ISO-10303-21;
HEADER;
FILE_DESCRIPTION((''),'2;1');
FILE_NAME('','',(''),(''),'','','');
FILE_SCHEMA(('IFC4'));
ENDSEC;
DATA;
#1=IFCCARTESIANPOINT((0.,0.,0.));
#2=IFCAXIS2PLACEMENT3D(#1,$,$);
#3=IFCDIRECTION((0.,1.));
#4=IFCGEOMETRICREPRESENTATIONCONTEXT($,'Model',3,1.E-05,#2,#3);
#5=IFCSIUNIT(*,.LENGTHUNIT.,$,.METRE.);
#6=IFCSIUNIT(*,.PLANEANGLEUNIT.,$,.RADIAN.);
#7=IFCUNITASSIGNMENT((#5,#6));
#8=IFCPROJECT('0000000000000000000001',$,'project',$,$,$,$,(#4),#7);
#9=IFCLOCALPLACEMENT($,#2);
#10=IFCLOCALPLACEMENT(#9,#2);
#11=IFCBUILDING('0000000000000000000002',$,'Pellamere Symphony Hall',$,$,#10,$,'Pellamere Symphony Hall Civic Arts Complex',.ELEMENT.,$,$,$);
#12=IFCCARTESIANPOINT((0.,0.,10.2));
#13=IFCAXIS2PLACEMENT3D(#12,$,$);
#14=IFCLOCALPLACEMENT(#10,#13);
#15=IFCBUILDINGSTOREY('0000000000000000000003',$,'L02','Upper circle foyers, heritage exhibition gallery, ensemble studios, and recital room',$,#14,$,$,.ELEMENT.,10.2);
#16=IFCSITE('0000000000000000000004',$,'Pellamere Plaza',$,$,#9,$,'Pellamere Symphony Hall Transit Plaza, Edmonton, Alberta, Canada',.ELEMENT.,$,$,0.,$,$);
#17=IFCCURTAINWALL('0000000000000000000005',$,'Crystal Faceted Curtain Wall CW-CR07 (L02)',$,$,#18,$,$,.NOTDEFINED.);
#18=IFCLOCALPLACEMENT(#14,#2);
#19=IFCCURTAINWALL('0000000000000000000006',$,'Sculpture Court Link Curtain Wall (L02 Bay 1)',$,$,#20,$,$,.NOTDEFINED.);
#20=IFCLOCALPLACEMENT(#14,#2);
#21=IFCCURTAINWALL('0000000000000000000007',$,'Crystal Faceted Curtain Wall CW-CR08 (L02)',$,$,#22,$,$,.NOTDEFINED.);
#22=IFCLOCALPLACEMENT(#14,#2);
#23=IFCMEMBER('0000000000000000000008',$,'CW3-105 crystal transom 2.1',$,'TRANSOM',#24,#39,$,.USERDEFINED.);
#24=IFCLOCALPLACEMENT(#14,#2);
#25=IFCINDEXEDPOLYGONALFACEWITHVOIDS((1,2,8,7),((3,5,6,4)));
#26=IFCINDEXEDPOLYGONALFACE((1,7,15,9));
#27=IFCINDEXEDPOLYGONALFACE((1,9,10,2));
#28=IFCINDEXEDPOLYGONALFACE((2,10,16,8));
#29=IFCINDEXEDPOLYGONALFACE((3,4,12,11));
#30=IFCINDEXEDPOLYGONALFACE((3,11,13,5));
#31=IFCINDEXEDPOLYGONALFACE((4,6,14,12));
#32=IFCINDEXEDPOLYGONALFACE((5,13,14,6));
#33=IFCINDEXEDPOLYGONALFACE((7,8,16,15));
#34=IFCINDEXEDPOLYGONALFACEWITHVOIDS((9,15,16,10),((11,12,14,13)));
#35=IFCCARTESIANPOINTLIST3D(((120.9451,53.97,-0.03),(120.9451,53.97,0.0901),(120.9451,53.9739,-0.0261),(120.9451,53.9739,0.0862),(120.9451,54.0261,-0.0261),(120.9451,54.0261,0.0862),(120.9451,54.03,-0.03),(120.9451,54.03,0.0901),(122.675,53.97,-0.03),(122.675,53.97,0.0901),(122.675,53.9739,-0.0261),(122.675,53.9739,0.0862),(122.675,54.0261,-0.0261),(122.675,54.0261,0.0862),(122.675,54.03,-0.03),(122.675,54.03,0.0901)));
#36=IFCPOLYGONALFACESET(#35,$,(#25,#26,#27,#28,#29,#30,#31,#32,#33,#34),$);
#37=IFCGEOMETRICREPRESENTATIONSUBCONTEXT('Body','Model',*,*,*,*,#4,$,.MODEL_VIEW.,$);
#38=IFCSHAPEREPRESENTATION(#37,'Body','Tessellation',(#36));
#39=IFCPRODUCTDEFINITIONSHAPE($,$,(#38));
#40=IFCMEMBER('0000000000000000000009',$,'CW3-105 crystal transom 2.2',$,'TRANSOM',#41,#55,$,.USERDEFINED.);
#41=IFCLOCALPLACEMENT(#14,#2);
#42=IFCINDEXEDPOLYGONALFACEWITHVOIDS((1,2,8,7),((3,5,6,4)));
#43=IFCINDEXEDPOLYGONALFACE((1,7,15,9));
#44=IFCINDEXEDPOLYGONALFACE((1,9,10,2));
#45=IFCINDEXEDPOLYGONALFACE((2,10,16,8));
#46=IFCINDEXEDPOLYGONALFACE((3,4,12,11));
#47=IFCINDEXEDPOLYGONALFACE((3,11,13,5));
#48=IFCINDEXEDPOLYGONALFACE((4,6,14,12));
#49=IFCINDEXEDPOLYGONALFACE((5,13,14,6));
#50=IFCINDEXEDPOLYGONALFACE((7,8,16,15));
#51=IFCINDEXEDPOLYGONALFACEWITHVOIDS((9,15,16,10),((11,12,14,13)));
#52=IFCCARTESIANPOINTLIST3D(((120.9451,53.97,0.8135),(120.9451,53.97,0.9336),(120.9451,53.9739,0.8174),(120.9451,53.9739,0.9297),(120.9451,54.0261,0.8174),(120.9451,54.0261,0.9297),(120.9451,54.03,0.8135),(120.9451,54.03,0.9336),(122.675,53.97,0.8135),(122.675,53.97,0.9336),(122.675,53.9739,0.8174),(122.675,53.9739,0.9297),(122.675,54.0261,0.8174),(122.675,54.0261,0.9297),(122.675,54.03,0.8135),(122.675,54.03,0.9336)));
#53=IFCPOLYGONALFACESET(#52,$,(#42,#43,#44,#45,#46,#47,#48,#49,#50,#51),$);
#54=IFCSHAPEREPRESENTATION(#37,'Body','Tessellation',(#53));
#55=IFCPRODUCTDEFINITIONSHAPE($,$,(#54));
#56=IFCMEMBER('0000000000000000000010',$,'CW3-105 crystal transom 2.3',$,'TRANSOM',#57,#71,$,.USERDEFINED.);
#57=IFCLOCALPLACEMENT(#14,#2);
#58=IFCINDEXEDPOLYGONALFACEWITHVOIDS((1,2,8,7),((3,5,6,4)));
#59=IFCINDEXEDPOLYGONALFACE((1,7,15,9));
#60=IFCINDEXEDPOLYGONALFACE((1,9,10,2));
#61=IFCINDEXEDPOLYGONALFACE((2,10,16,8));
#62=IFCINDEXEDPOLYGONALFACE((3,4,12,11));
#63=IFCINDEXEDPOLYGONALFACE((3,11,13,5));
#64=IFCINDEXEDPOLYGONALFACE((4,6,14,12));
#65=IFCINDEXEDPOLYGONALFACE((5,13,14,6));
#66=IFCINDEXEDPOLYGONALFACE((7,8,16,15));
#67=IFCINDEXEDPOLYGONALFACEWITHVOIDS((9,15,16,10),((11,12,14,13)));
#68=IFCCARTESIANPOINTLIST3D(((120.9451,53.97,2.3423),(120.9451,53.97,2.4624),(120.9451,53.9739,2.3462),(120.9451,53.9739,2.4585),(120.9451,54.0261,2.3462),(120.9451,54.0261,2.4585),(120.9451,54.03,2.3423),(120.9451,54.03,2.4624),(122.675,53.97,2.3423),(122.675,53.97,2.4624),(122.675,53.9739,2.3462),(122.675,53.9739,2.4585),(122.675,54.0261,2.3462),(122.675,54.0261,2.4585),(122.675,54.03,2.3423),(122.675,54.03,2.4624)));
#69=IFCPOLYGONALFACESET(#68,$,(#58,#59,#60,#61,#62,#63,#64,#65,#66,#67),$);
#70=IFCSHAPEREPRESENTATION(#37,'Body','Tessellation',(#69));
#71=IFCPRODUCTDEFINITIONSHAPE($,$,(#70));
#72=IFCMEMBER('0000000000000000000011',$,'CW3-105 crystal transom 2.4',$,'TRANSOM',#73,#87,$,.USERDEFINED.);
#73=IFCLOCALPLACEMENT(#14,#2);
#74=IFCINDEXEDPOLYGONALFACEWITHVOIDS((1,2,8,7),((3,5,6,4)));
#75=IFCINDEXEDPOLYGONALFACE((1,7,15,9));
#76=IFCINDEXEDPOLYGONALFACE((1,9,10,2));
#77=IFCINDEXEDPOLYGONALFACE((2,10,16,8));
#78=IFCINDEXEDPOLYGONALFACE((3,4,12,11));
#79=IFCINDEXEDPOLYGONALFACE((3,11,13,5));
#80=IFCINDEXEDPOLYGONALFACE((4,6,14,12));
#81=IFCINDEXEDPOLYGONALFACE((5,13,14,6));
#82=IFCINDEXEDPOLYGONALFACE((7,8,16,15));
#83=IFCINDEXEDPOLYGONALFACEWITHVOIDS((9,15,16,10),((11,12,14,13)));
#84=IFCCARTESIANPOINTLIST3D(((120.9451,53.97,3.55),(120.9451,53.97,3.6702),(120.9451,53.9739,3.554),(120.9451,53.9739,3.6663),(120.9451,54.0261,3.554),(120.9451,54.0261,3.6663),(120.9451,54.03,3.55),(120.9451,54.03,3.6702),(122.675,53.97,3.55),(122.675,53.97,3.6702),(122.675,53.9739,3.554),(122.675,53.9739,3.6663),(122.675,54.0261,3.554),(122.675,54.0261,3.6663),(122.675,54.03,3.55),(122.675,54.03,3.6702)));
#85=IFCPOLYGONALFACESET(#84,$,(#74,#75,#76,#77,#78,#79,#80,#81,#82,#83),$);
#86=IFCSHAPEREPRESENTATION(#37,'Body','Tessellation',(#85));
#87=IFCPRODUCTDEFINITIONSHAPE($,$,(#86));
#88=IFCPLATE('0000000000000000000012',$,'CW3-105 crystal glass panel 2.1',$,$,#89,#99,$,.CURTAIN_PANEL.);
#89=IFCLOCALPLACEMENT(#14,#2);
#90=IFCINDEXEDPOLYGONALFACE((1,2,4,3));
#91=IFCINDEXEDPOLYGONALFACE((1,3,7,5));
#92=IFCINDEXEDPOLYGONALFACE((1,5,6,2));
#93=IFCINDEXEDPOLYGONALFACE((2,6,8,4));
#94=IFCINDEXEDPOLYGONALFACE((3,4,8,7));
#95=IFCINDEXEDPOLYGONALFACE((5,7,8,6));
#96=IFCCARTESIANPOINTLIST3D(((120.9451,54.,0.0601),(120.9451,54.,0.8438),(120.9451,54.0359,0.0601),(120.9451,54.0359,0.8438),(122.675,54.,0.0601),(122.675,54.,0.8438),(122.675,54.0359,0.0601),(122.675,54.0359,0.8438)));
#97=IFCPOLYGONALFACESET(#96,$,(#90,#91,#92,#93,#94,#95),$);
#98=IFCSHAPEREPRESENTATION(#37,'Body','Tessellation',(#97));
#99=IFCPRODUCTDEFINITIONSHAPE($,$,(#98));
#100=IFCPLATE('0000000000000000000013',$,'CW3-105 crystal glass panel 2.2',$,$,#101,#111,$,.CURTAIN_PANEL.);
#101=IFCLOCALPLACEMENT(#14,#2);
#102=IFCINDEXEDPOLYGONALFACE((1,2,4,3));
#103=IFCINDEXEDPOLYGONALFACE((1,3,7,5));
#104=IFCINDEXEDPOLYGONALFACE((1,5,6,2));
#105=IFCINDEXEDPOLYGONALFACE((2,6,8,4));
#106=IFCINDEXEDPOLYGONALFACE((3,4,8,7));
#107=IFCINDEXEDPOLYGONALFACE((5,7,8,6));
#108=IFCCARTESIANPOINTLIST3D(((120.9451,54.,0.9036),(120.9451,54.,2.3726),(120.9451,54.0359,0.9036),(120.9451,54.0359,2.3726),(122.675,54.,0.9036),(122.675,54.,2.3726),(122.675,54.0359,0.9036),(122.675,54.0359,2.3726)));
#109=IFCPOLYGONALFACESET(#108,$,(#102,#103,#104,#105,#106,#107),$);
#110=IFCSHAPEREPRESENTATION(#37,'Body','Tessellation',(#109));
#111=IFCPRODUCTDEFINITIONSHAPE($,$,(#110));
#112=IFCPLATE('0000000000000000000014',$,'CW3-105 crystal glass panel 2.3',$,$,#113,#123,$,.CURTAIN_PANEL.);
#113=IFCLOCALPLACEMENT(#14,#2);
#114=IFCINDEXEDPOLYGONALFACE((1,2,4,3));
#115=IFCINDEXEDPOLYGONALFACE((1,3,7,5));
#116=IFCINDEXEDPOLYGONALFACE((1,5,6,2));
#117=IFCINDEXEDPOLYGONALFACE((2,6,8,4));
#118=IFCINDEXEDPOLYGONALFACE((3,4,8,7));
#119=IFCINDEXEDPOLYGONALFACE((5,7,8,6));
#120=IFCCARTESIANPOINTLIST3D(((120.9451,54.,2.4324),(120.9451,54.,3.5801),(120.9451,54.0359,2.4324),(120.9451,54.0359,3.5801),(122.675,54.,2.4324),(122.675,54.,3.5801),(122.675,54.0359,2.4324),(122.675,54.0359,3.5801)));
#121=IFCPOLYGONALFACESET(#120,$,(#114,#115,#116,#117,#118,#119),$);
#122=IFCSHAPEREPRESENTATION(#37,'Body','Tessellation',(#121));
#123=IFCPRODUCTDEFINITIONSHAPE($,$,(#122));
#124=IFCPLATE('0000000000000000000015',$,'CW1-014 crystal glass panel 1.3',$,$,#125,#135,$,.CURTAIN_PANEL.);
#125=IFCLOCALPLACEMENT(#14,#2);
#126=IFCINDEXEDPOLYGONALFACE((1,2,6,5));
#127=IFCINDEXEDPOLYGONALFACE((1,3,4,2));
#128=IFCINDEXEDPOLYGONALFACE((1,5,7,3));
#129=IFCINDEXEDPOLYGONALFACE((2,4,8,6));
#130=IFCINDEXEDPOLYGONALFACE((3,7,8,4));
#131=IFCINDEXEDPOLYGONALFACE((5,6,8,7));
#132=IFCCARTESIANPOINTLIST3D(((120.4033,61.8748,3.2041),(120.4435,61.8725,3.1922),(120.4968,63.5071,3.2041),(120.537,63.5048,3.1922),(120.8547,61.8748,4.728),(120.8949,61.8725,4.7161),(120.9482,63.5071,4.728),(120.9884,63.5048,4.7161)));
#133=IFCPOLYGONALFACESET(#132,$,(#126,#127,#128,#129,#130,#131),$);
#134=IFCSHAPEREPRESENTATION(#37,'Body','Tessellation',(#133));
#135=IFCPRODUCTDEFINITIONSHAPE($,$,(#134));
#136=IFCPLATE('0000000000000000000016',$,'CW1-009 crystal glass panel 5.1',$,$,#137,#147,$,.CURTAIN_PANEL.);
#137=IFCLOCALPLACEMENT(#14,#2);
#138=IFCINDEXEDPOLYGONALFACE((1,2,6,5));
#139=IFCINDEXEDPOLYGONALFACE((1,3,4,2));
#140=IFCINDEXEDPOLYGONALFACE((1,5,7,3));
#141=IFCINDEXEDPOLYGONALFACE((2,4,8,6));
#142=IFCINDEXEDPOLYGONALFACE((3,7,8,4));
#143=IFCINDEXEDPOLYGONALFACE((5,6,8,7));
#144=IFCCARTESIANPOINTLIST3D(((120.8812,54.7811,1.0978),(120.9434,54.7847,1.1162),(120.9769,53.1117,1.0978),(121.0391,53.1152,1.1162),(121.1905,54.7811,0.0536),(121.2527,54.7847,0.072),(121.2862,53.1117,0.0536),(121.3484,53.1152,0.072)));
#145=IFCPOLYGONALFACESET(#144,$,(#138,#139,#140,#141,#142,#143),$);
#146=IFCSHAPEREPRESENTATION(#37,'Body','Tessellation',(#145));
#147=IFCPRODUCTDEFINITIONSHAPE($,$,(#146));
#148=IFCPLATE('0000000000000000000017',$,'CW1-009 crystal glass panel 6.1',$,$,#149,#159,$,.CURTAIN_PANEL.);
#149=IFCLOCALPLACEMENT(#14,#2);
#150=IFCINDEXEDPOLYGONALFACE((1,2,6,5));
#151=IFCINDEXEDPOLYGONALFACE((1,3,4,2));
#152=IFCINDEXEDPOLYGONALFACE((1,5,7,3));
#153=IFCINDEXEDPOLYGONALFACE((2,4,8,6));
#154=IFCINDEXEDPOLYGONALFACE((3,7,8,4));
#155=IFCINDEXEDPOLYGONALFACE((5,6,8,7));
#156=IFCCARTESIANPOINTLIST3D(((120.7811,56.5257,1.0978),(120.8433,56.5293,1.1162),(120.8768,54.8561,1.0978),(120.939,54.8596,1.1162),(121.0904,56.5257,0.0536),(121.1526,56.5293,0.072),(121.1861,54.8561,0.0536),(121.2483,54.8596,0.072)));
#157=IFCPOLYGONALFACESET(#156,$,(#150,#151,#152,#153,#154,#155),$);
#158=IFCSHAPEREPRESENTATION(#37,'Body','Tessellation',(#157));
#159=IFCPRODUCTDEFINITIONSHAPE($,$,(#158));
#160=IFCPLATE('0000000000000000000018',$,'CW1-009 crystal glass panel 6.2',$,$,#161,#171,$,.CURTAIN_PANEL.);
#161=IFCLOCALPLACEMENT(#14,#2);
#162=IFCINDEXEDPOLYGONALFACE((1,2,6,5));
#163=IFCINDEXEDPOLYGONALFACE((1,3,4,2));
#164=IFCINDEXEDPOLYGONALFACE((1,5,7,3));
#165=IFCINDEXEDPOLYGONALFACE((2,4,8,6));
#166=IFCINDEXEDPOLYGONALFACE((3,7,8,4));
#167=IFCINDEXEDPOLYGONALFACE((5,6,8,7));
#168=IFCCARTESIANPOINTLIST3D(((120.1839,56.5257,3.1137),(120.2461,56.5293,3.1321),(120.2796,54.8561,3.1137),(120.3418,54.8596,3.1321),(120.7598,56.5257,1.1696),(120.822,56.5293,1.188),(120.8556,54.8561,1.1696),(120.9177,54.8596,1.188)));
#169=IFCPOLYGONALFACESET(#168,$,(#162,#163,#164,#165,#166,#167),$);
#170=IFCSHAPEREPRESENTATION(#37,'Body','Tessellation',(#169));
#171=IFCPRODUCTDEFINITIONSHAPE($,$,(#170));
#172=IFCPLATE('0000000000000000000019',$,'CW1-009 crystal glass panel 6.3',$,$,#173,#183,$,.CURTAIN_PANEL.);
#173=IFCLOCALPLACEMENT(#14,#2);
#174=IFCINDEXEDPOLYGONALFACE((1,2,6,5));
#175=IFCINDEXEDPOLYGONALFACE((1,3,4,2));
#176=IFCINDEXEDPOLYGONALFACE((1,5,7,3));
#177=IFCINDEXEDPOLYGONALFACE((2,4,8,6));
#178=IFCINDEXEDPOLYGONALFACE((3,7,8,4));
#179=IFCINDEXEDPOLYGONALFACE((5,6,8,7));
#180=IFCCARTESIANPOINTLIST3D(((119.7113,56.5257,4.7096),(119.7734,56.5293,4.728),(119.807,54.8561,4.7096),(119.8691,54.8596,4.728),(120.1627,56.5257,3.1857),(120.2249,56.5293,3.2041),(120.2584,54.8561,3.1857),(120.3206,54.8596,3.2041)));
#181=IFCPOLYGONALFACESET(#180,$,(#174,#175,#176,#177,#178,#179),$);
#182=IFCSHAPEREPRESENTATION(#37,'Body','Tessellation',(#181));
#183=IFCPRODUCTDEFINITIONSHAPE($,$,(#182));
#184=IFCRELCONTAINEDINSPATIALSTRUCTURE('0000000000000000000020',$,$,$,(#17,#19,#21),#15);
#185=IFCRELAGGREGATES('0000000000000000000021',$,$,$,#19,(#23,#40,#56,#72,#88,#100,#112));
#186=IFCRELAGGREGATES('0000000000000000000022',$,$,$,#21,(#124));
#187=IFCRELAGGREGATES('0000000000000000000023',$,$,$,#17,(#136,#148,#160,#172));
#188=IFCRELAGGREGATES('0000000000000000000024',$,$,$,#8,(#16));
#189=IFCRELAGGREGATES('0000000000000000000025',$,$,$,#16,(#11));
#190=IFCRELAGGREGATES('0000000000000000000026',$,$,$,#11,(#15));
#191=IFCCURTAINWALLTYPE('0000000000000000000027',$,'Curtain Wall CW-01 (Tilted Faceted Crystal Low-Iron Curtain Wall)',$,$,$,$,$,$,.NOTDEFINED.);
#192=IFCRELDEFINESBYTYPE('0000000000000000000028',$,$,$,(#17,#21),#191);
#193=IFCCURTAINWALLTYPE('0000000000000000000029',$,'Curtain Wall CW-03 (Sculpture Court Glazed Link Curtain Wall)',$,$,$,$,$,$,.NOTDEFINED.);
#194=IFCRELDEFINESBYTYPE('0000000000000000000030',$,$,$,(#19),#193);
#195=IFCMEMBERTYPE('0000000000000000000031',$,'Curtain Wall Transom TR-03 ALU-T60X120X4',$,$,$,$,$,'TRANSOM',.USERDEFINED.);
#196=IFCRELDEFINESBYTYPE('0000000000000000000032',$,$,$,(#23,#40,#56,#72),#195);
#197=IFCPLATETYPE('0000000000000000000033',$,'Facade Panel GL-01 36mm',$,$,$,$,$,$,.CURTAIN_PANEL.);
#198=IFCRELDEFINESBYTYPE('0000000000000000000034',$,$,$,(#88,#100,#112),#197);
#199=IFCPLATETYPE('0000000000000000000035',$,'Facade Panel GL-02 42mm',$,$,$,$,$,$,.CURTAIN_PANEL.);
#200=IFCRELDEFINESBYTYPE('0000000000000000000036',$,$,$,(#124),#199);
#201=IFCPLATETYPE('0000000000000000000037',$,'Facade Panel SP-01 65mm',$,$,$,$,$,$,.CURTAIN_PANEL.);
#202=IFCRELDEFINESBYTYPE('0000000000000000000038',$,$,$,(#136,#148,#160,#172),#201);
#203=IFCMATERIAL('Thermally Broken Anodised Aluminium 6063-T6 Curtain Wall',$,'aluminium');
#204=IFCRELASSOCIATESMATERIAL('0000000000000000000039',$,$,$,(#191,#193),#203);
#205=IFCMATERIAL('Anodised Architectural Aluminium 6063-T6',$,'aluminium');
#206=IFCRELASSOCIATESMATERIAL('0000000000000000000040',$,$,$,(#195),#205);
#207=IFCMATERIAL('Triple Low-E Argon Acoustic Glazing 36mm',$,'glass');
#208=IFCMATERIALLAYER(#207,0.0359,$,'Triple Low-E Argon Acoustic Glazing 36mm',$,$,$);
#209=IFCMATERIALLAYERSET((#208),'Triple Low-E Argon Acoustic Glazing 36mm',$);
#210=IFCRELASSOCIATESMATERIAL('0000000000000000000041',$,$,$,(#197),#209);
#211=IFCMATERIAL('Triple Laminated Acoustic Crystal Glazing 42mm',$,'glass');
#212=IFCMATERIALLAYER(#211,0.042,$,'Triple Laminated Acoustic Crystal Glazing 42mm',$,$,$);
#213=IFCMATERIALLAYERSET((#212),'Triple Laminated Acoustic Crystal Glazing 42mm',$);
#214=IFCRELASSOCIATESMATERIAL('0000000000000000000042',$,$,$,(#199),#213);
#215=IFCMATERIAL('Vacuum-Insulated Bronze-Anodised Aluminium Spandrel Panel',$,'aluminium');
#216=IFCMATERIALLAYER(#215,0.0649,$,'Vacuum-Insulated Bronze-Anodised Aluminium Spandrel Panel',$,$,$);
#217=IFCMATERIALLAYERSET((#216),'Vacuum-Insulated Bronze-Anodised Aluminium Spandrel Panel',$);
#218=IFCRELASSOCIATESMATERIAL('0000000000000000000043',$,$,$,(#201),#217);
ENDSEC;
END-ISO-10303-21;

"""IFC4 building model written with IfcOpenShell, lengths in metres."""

from ifc_helpers import new_model, si_unit, direction, frame, origin, origin_2d, place, context, subcontext, project, spatial, polyline, hollow_rectangle, outline, extrude, material, layer, layer_set, material_profile, profile_set, type_object, element, aggregate, save


model = new_model("IFC4")

# Units and contexts
model_context = context("Model", 3, precision=1e-05, world=origin(), true_north=direction((0.0, 1.0)))
body_context = subcontext(model_context, "Body", "Model", "MODEL_VIEW")
ifc_project = project(units=[si_unit("LENGTHUNIT", "METRE"), si_unit("PLANEANGLEUNIT", "RADIAN")], contexts=[model_context])

# Site, building, storey
site_placement = place(None, origin())
site = spatial("IfcSite", under=ifc_project, at=site_placement, Name="Pellamere Plaza", LongName="Pellamere Symphony Hall Transit Plaza, Edmonton, Alberta, Canada", CompositionType="ELEMENT", RefElevation=0.0)
building_placement = place(site_placement, origin())
building = spatial("IfcBuilding", under=site, at=building_placement, Name="Pellamere Symphony Hall", LongName="Pellamere Symphony Hall Civic Arts Complex", CompositionType="ELEMENT")
storey_placement = place(building_placement, frame((0.0, 0.0, 10.2)))
storey = spatial("IfcBuildingStorey", under=building, at=storey_placement, Name="L02", Description="Upper circle foyers, heritage exhibition gallery, ensemble studios, and recital room", CompositionType="ELEMENT", Elevation=10.2)

# Curtain wall
ifc_material_1 = material(Name="Thermally Broken Anodised Aluminium 6063-T6 Curtain Wall", Category="aluminium")
curtain_wall_type_1 = type_object("IfcCurtainWallType", Name="Curtain Wall CW-01 (Tilted Faceted Crystal Low-Iron Curtain Wall)", PredefinedType="NOTDEFINED", material=ifc_material_1)
curtain_wall_1_placement = place(storey_placement, origin())
curtain_wall_1 = element("IfcCurtainWall", 1, at=curtain_wall_1_placement, inside=storey, type_object=curtain_wall_type_1, Name="Crystal Faceted Curtain Wall CW-CR07 (L02)", PredefinedType="NOTDEFINED")
ifc_material_2 = material(Name="Anodised Architectural Aluminium 6063-T6", Category="aluminium")

# Curtain wall
curtain_wall_type_2 = type_object("IfcCurtainWallType", Name="Curtain Wall CW-03 (Sculpture Court Glazed Link Curtain Wall)", PredefinedType="NOTDEFINED", material=ifc_material_1)
curtain_wall_2_placement = place(storey_placement, origin())
curtain_wall_2 = element("IfcCurtainWall", 2, at=curtain_wall_2_placement, inside=storey, type_object=curtain_wall_type_2, Name="Sculpture Court Link Curtain Wall (L02 Bay 1)", PredefinedType="NOTDEFINED")

# Curtain wall
curtain_wall_3_placement = place(storey_placement, origin())
curtain_wall_3 = element("IfcCurtainWall", 3, at=curtain_wall_3_placement, inside=storey, type_object=curtain_wall_type_1, Name="Crystal Faceted Curtain Wall CW-CR08 (L02)", PredefinedType="NOTDEFINED")

# Members
ifc_material_profile_1 = material_profile(ifc_material_2, hollow_rectangle(XDim=0.0601, YDim=0.1201, WallThickness=0.0039, at=origin_2d()), Name="ALU-T60X120X4")
ifc_profile_set_1 = profile_set([ifc_material_profile_1], Name="Anodised Architectural Aluminium 6063-T6")
member_type_1 = type_object("IfcMemberType", Name="Curtain Wall Transom TR-03 ALU-T60X120X4", ElementType="TRANSOM", PredefinedType="USERDEFINED", material=ifc_profile_set_1)
member_1_placement = place(storey_placement, frame((120.9451, 54.0, 0.03), z_axis=(1.0, 0.0, 0.0), x_axis=(0.0, 1.0, 0.0)))
member_1 = element("IfcMember", 4, at=member_1_placement, type_object=member_type_1, Name="CW3-105 crystal transom 2.1", ObjectType="TRANSOM", PredefinedType="USERDEFINED", context=body_context, shape_type="SweptSolid", body=[
    extrude(hollow_rectangle(XDim=0.0601, YDim=0.1201, WallThickness=0.0039, at=origin_2d()), origin(), (0.0, 0.0, 1.0), 1.73),
])
member_2_placement = place(storey_placement, frame((120.9451, 54.0, 0.8735), z_axis=(1.0, 0.0, 0.0), x_axis=(0.0, 1.0, 0.0)))
member_2 = element("IfcMember", 5, at=member_2_placement, type_object=member_type_1, Name="CW3-105 crystal transom 2.2", ObjectType="TRANSOM", PredefinedType="USERDEFINED", context=body_context, shape_type="SweptSolid", body=[
    extrude(hollow_rectangle(XDim=0.0601, YDim=0.1201, WallThickness=0.0039, at=origin_2d()), origin(), (0.0, 0.0, 1.0), 1.73),
])
member_3_placement = place(storey_placement, frame((120.9451, 54.0, 2.4023), z_axis=(1.0, 0.0, 0.0), x_axis=(0.0, 1.0, 0.0)))
member_3 = element("IfcMember", 6, at=member_3_placement, type_object=member_type_1, Name="CW3-105 crystal transom 2.3", ObjectType="TRANSOM", PredefinedType="USERDEFINED", context=body_context, shape_type="SweptSolid", body=[
    extrude(hollow_rectangle(XDim=0.0601, YDim=0.1201, WallThickness=0.0039, at=origin_2d()), origin(), (0.0, 0.0, 1.0), 1.73),
])
member_4_placement = place(storey_placement, frame((120.9451, 54.0, 3.6101), z_axis=(1.0, 0.0, 0.0), x_axis=(0.0, 1.0, 0.0)))
member_4 = element("IfcMember", 7, at=member_4_placement, type_object=member_type_1, Name="CW3-105 crystal transom 2.4", ObjectType="TRANSOM", PredefinedType="USERDEFINED", context=body_context, shape_type="SweptSolid", body=[
    extrude(hollow_rectangle(XDim=0.0601, YDim=0.1201, WallThickness=0.0039, at=origin_2d()), origin(), (0.0, 0.0, 1.0), 1.73),
])

# Plates
ifc_material_3 = material(Name="Triple Low-E Argon Acoustic Glazing 36mm", Category="glass")
ifc_layer_1 = layer(ifc_material_3, 0.0359, Name="Triple Low-E Argon Acoustic Glazing 36mm")
ifc_layer_set_1 = layer_set([ifc_layer_1], Name="Triple Low-E Argon Acoustic Glazing 36mm")
plate_type_1 = type_object("IfcPlateType", Name="Facade Panel GL-01 36mm", PredefinedType="CURTAIN_PANEL", material=ifc_layer_set_1)
plate_1_placement = place(storey_placement, frame((120.9451, 54.0, 0.0601), z_axis=(0.0, -1.0, 0.0), x_axis=(1.0, 0.0, 0.0)))
plate_1 = element("IfcPlate", 8, at=plate_1_placement, type_object=plate_type_1, Name="CW3-105 crystal glass panel 2.1", PredefinedType="CURTAIN_PANEL", context=body_context, shape_type="SweptSolid", body=[
    extrude(outline(polyline([(0.0, 0.0), (1.73, 0.0), (1.73, 0.7837), (0.0, 0.7837), (0.0, 0.0)])), origin(), (0.0, 0.0, -1.0), 0.0359),
])
plate_2_placement = place(storey_placement, frame((120.9451, 54.0, 0.9036), z_axis=(0.0, -1.0, 0.0), x_axis=(1.0, 0.0, 0.0)))
plate_2 = element("IfcPlate", 9, at=plate_2_placement, type_object=plate_type_1, Name="CW3-105 crystal glass panel 2.2", PredefinedType="CURTAIN_PANEL", context=body_context, shape_type="SweptSolid", body=[
    extrude(outline(polyline([(0.0, 0.0), (1.73, 0.0), (1.73, 1.469), (0.0, 1.469), (0.0, 0.0)])), origin(), (0.0, 0.0, -1.0), 0.0359),
])
plate_3_placement = place(storey_placement, frame((120.9451, 54.0, 2.4324), z_axis=(0.0, -1.0, 0.0), x_axis=(1.0, 0.0, 0.0)))
plate_3 = element("IfcPlate", 10, at=plate_3_placement, type_object=plate_type_1, Name="CW3-105 crystal glass panel 2.3", PredefinedType="CURTAIN_PANEL", context=body_context, shape_type="SweptSolid", body=[
    extrude(outline(polyline([(0.0, 0.0), (1.73, 0.0), (1.73, 1.1477), (0.0, 1.1477), (0.0, 0.0)])), origin(), (0.0, 0.0, -1.0), 0.0359),
])
aggregate(curtain_wall_2, [member_1, member_2, member_3, member_4, plate_1, plate_2, plate_3])
ifc_material_4 = material(Name="Triple Laminated Acoustic Crystal Glazing 42mm", Category="glass")
ifc_layer_2 = layer(ifc_material_4, 0.042, Name="Triple Laminated Acoustic Crystal Glazing 42mm")
ifc_layer_set_2 = layer_set([ifc_layer_2], Name="Triple Laminated Acoustic Crystal Glazing 42mm")
plate_type_2 = type_object("IfcPlateType", Name="Facade Panel GL-02 42mm", PredefinedType="CURTAIN_PANEL", material=ifc_layer_set_2)
plate_4_placement = place(storey_placement, frame((120.4033, 61.8748, 3.2041), z_axis=(-0.957375, 0.054842, 0.283593), x_axis=(0.05719, 0.998363, 0.0)))
plate_4 = element("IfcPlate", 11, at=plate_4_placement, type_object=plate_type_2, Name="CW1-014 crystal glass panel 1.3", PredefinedType="CURTAIN_PANEL", context=body_context, shape_type="SweptSolid", body=[
    extrude(outline(polyline([(0.0, 0.0), (1.635, 0.0), (1.6608, -1.5892), (0.0258, -1.5892), (0.0, 0.0)])), origin(), (0.0, 0.0, -1.0), 0.042),
])
aggregate(curtain_wall_3, [plate_4])
ifc_material_5 = material(Name="Vacuum-Insulated Bronze-Anodised Aluminium Spandrel Panel", Category="aluminium")
ifc_layer_3 = layer(ifc_material_5, 0.0649, Name="Vacuum-Insulated Bronze-Anodised Aluminium Spandrel Panel")
ifc_layer_set_3 = layer_set([ifc_layer_3], Name="Vacuum-Insulated Bronze-Anodised Aluminium Spandrel Panel")
plate_type_3 = type_object("IfcPlateType", Name="Facade Panel SP-01 65mm", PredefinedType="CURTAIN_PANEL", material=ifc_layer_set_3)
plate_5_placement = place(storey_placement, frame((121.3484, 53.1152, 0.072), z_axis=(0.957369, 0.054883, 0.283607), x_axis=(-0.057233, 0.998361, 0.0)))
plate_5 = element("IfcPlate", 12, at=plate_5_placement, type_object=plate_type_3, Name="CW1-009 crystal glass panel 5.1", PredefinedType="CURTAIN_PANEL", context=body_context, shape_type="SweptSolid", body=[
    extrude(outline(polyline([(0.0, 0.0), (1.6722, 0.0), (1.6899, 1.0889), (0.0177, 1.0889), (0.0, 0.0)])), origin(), (0.0, 0.0, -1.0), 0.0649),
])
plate_6_placement = place(storey_placement, frame((121.2483, 54.8596, 0.072), z_axis=(0.957369, 0.054875, 0.283607), x_axis=(-0.057224, 0.998361, 0.0)))
plate_6 = element("IfcPlate", 13, at=plate_6_placement, type_object=plate_type_3, Name="CW1-009 crystal glass panel 6.1", PredefinedType="CURTAIN_PANEL", context=body_context, shape_type="SweptSolid", body=[
    extrude(outline(polyline([(0.0, 0.0), (1.6724, 0.0), (1.6901, 1.0889), (0.0177, 1.0889), (0.0, 0.0)])), origin(), (0.0, 0.0, -1.0), 0.0649),
])
plate_7_placement = place(storey_placement, frame((120.9177, 54.8596, 1.188), z_axis=(0.957367, 0.054875, 0.283615), x_axis=(-0.057224, 0.998361, 0.0)))
plate_7 = element("IfcPlate", 14, at=plate_7_placement, type_object=plate_type_3, Name="CW1-009 crystal glass panel 6.2", PredefinedType="CURTAIN_PANEL", context=body_context, shape_type="SweptSolid", body=[
    extrude(outline(polyline([(0.0, 0.0), (1.6724, 0.0), (1.7054, 2.0273), (0.033, 2.0273), (0.0, 0.0)])), origin(), (0.0, 0.0, -1.0), 0.0649),
])
plate_8_placement = place(storey_placement, frame((120.3206, 54.8596, 3.2041), z_axis=(0.957374, 0.054875, 0.283592), x_axis=(-0.057224, 0.998361, 0.0)))
plate_8 = element("IfcPlate", 15, at=plate_8_placement, type_object=plate_type_3, Name="CW1-009 crystal glass panel 6.3", PredefinedType="CURTAIN_PANEL", context=body_context, shape_type="SweptSolid", body=[
    extrude(outline(polyline([(0.0, 0.0), (1.6724, 0.0), (1.6983, 1.5892), (0.0258, 1.5892), (0.0, 0.0)])), origin(), (0.0, 0.0, -1.0), 0.0649),
])
aggregate(curtain_wall_1, [plate_5, plate_6, plate_7, plate_8])

save(model, "model.ifc")
